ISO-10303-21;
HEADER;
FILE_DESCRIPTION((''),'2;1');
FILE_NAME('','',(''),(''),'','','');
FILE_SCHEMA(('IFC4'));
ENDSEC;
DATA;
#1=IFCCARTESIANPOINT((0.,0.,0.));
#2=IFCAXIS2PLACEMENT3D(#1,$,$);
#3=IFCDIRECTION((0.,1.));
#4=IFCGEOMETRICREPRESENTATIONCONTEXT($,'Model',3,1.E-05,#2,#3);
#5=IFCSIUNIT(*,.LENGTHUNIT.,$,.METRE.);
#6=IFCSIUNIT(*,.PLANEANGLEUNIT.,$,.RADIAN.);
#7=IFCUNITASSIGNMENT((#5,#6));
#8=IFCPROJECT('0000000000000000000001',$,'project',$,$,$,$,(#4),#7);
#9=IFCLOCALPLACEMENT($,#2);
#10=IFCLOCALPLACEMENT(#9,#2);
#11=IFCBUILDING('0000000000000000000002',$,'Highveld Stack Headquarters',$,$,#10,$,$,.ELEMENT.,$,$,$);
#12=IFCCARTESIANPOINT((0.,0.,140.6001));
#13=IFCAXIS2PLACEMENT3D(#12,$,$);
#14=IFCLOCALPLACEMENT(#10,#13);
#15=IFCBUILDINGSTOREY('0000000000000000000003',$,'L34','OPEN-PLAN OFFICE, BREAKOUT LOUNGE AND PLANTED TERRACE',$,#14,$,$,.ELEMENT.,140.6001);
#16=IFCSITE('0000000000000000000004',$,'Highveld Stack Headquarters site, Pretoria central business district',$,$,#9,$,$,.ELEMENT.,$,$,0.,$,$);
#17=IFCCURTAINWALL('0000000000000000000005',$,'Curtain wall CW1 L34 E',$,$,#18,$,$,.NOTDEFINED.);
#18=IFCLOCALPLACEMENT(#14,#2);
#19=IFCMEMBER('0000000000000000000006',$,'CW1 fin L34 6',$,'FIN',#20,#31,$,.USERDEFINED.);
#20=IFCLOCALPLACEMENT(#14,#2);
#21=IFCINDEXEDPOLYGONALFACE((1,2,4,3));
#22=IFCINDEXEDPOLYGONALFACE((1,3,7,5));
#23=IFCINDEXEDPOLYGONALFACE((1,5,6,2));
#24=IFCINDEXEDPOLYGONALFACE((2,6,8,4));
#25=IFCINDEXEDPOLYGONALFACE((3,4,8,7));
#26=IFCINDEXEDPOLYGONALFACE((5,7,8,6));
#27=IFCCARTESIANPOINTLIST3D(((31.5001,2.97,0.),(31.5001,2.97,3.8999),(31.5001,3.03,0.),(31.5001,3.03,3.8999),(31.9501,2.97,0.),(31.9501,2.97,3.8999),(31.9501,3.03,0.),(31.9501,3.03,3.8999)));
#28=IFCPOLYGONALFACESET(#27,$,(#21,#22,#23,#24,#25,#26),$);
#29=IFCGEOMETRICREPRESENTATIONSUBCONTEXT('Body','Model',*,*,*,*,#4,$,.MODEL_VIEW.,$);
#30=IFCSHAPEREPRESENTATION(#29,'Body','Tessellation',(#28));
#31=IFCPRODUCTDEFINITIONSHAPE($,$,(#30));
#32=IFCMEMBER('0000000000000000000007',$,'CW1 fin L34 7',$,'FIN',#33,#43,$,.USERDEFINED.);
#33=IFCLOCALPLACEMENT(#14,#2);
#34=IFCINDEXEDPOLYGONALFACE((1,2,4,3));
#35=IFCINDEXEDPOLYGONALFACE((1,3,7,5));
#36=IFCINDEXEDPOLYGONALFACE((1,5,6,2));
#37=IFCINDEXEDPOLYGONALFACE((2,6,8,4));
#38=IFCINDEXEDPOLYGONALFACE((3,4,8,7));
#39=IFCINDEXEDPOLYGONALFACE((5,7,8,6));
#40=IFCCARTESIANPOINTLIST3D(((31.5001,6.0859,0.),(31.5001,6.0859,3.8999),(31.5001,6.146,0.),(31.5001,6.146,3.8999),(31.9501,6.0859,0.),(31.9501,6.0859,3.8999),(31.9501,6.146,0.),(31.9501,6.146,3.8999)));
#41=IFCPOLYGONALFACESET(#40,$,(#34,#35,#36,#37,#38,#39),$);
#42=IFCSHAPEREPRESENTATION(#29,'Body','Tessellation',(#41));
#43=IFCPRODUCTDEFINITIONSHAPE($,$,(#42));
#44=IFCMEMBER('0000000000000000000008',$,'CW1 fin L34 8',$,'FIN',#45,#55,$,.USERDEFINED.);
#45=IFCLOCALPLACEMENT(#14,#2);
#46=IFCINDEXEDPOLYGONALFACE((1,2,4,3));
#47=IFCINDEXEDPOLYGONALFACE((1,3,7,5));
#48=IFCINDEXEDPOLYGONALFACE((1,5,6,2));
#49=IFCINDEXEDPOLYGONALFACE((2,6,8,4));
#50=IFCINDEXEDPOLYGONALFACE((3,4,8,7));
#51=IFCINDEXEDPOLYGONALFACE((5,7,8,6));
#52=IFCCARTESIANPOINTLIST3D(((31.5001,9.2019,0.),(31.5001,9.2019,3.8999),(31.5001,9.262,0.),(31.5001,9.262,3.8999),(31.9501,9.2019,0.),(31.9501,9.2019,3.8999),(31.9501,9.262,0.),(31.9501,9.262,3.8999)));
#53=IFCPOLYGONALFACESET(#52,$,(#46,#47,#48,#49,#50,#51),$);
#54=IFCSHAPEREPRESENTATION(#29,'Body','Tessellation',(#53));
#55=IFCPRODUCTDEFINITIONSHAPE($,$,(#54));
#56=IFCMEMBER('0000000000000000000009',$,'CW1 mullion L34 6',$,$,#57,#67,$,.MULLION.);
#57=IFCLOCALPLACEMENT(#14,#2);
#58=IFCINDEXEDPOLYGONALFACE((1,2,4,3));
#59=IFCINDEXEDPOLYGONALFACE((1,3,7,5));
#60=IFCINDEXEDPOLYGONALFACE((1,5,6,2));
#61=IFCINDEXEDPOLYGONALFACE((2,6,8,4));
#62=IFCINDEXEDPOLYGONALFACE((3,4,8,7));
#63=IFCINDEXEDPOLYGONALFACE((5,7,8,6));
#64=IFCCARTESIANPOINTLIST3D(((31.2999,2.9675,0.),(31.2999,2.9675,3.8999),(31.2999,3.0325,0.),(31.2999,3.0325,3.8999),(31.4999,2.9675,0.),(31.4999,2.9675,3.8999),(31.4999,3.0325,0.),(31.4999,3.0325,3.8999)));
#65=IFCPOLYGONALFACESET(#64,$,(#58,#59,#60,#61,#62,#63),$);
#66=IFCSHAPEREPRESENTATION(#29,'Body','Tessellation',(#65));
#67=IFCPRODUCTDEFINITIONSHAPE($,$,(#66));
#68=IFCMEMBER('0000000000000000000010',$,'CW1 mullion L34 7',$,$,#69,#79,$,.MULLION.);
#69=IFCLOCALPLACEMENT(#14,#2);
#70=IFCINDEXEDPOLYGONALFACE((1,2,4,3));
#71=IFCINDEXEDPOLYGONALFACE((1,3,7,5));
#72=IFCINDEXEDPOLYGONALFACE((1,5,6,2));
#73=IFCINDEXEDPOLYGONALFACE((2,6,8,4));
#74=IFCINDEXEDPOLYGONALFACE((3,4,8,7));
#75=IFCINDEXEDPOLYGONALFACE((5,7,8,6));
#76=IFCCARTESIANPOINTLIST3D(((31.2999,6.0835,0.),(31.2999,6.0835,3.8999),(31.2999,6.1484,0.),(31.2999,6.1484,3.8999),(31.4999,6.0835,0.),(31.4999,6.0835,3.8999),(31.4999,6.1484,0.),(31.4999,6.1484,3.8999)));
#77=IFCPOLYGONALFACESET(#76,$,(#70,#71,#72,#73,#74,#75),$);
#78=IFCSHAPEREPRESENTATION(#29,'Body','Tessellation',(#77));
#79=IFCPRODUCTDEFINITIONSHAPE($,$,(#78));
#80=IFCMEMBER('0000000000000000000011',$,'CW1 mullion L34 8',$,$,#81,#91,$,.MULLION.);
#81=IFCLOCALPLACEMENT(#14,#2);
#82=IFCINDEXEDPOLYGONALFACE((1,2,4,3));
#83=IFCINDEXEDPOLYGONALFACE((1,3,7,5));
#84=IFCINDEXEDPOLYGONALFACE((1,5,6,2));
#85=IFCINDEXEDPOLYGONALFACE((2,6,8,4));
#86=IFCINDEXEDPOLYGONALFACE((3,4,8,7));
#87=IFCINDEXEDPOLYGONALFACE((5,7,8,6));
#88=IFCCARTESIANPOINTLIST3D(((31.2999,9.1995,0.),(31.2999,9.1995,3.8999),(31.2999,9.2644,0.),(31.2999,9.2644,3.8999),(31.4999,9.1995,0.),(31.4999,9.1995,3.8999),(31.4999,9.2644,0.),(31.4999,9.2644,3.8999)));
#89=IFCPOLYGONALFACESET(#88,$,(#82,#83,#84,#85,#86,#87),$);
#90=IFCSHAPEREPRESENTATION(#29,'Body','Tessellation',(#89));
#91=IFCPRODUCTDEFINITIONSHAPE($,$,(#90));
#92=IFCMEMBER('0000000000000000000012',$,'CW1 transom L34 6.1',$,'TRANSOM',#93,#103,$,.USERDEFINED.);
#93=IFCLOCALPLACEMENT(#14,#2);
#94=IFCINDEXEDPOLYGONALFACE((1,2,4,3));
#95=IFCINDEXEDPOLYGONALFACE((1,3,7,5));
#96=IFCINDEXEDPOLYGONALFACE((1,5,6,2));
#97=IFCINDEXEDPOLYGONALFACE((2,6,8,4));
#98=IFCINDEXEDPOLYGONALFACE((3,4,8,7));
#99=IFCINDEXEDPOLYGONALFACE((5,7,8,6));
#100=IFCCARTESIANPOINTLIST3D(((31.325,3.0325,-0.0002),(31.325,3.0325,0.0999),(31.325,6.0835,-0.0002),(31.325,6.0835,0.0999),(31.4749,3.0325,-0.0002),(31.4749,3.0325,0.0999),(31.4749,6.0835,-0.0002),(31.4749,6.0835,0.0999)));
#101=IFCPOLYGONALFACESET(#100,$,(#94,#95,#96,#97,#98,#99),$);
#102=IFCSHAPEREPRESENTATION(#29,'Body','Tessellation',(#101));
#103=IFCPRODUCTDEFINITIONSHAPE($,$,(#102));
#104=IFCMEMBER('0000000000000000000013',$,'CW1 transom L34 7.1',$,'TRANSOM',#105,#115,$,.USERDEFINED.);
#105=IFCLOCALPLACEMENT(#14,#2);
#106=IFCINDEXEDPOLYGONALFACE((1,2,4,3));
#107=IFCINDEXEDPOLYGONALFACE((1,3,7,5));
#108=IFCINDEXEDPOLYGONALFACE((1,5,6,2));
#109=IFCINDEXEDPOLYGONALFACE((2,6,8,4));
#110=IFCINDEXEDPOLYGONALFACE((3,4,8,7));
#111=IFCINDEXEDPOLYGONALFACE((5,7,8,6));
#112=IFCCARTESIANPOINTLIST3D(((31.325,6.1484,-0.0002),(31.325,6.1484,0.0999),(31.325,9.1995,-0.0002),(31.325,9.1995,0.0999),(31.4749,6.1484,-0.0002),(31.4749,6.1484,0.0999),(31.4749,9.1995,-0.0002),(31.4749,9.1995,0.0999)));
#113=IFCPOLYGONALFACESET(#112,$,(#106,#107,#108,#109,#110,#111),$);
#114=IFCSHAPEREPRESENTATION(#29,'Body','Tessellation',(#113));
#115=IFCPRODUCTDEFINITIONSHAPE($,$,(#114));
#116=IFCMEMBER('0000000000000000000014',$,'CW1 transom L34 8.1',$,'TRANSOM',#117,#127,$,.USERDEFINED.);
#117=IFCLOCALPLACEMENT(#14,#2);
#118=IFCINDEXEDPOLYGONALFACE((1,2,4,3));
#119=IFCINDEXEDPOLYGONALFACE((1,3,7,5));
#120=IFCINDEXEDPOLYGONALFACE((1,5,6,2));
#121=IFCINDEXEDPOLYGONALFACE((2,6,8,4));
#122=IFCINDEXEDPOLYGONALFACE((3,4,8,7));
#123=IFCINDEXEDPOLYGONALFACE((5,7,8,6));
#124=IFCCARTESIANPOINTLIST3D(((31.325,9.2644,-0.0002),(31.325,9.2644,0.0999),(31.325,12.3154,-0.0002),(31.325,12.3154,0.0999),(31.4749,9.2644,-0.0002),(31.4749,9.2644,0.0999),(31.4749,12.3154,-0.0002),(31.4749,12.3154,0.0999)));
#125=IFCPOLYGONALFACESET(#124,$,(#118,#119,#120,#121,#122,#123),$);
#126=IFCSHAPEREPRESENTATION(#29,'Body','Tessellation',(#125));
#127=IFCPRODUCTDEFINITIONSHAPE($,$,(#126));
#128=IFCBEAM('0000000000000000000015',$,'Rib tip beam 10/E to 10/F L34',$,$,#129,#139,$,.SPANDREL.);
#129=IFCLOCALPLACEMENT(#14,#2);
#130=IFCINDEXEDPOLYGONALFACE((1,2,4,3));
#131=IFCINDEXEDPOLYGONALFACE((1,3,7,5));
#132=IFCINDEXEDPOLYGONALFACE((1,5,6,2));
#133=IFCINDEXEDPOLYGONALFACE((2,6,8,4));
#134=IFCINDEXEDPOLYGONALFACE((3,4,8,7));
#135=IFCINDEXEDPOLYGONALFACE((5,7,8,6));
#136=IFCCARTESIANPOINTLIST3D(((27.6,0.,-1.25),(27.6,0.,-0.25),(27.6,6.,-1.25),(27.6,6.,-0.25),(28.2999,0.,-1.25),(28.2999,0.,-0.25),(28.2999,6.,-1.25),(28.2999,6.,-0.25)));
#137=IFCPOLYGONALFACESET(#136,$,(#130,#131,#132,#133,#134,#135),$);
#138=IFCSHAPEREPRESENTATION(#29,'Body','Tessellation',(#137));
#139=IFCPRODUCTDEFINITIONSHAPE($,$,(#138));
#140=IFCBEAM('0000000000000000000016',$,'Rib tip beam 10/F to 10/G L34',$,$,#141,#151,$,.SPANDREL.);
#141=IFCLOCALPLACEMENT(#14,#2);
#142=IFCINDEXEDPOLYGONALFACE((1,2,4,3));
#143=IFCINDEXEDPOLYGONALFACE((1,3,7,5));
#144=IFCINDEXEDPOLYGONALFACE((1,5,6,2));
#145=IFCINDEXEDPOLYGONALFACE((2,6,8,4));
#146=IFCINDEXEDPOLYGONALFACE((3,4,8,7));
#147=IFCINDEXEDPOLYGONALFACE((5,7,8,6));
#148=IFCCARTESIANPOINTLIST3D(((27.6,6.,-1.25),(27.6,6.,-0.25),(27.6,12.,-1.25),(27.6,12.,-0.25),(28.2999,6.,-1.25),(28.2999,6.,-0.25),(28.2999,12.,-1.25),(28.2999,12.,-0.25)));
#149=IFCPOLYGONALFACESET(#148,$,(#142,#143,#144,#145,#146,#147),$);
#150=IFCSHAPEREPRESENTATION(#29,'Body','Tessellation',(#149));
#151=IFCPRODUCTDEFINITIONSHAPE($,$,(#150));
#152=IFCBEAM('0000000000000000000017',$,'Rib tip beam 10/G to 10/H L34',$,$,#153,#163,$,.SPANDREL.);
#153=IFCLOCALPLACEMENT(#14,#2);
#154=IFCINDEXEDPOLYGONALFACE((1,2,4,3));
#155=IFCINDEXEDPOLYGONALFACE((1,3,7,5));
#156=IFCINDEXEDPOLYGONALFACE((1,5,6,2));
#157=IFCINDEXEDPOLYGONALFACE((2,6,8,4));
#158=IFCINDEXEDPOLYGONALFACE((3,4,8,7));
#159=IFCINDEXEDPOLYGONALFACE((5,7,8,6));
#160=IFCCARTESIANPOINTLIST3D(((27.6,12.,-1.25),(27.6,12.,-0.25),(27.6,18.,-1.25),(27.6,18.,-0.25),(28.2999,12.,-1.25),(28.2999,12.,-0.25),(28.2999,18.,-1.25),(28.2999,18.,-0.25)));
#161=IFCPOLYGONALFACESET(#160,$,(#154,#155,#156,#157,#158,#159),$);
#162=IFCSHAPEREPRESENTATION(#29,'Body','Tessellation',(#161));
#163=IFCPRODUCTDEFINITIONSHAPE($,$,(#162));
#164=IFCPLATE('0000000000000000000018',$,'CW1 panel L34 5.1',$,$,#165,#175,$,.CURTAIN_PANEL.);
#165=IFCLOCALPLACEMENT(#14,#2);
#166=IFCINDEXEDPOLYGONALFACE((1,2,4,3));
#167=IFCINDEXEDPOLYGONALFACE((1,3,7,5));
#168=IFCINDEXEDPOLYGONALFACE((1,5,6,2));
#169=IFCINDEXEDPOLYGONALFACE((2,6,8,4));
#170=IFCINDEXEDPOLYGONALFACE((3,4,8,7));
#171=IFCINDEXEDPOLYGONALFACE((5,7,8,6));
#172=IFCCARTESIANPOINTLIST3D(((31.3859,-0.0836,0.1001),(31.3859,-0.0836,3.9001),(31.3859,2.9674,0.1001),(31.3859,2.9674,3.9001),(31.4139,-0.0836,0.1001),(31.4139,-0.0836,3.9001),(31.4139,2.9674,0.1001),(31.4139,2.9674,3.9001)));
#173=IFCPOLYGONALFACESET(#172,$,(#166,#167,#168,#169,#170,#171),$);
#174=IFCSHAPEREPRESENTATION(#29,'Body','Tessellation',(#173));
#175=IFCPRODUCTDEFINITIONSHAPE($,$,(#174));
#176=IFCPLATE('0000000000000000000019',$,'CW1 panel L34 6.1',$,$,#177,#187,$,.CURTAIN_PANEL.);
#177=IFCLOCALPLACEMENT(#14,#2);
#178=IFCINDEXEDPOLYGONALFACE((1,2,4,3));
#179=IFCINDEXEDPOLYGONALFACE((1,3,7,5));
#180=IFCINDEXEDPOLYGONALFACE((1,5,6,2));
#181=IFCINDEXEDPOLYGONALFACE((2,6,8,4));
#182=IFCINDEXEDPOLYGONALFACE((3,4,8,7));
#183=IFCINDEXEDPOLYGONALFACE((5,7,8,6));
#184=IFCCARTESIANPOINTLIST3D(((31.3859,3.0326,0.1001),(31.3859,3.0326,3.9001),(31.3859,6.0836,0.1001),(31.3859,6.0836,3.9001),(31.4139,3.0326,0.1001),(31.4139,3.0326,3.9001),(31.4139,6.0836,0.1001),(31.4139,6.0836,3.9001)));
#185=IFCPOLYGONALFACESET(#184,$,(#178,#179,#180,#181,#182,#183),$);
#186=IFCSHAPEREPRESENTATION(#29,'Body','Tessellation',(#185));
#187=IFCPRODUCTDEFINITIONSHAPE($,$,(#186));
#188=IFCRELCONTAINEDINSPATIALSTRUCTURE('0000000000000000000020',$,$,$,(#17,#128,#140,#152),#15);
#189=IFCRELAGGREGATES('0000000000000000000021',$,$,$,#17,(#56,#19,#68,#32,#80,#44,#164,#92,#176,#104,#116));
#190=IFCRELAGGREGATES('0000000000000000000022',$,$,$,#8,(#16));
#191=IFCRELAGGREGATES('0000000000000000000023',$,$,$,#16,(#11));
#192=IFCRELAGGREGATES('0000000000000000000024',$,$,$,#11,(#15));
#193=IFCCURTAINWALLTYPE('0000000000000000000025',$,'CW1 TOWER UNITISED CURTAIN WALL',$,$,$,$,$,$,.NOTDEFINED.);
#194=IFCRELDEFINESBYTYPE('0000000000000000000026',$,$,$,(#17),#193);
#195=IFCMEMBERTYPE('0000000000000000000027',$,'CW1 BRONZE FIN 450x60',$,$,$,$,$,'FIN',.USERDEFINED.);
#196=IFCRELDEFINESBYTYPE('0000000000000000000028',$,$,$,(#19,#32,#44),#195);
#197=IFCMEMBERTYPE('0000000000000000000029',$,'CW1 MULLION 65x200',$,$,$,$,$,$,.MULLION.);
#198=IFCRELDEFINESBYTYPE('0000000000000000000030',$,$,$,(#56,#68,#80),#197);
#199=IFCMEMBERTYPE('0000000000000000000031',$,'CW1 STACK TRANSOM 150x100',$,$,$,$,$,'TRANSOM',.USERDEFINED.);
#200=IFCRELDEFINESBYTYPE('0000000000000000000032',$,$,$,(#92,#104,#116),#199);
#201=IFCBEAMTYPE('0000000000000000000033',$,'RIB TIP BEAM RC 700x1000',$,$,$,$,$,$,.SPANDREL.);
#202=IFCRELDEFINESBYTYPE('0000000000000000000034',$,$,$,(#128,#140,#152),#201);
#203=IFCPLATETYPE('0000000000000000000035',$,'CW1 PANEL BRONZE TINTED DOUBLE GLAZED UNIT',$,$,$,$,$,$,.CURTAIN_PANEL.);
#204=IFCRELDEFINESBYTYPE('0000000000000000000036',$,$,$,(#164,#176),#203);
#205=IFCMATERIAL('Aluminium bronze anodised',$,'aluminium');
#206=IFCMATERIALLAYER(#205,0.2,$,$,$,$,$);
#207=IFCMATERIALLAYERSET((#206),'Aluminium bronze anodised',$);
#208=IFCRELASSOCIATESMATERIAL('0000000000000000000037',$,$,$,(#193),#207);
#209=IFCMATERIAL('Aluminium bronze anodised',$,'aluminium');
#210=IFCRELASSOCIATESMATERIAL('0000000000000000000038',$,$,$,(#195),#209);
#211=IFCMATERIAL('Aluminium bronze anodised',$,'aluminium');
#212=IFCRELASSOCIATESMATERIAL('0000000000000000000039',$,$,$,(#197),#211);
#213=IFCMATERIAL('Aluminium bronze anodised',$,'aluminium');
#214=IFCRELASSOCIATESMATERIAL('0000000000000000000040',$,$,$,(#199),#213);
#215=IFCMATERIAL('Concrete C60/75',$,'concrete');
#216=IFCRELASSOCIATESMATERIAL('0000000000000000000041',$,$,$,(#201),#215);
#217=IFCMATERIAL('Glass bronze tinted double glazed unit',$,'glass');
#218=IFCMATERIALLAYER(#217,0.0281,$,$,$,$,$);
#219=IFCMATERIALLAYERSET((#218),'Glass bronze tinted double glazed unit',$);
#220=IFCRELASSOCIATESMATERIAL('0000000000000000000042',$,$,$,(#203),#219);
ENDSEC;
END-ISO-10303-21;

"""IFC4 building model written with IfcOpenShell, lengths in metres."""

from ifc_helpers import new_model, si_unit, direction, frame, origin, origin_2d, place, context, subcontext, project, spatial, rectangle, extrude, material, layer, layer_set, material_profile, profile_set, type_object, element, aggregate, save


model = new_model("IFC4")

# Units and contexts
model_context = context("Model", 3, precision=1e-05, world=origin(), true_north=direction((0.0, 1.0)))
body_context = subcontext(model_context, "Body", "Model", "MODEL_VIEW")
ifc_project = project(units=[si_unit("LENGTHUNIT", "METRE"), si_unit("PLANEANGLEUNIT", "RADIAN")], contexts=[model_context])

# Site, building, storey
site_placement = place(None, origin())
site = spatial("IfcSite", under=ifc_project, at=site_placement, Name="Highveld Stack Headquarters site, Pretoria central business district", CompositionType="ELEMENT", RefElevation=0.0)
building_placement = place(site_placement, origin())
building = spatial("IfcBuilding", under=site, at=building_placement, Name="Highveld Stack Headquarters", CompositionType="ELEMENT")
storey_placement = place(building_placement, frame((0.0, 0.0, 140.6001)))
storey = spatial("IfcBuildingStorey", under=building, at=storey_placement, Name="L34", Description="OPEN-PLAN OFFICE, BREAKOUT LOUNGE AND PLANTED TERRACE", CompositionType="ELEMENT", Elevation=140.6001)

# Curtain wall, members
ifc_material_1 = material(Name="Aluminium bronze anodised", Category="aluminium")
ifc_layer_1 = layer(ifc_material_1, 0.2)
ifc_layer_set_1 = layer_set([ifc_layer_1], Name="Aluminium bronze anodised")
curtain_wall_type = type_object("IfcCurtainWallType", Name="CW1 TOWER UNITISED CURTAIN WALL", PredefinedType="NOTDEFINED", material=ifc_layer_set_1)
curtain_wall_placement = place(storey_placement, origin())
curtain_wall = element("IfcCurtainWall", 1, at=curtain_wall_placement, inside=storey, type_object=curtain_wall_type, Name="Curtain wall CW1 L34 E", PredefinedType="NOTDEFINED")
ifc_material_2 = material(Name="Aluminium bronze anodised", Category="aluminium")
ifc_material_profile_1 = material_profile(ifc_material_2, rectangle(XDim=0.45, YDim=0.0601, at=origin_2d()), Name="FIN 450x60")
ifc_profile_set_1 = profile_set([ifc_material_profile_1], Name="Aluminium bronze anodised")
member_type_1 = type_object("IfcMemberType", Name="CW1 BRONZE FIN 450x60", ElementType="FIN", PredefinedType="USERDEFINED", material=ifc_profile_set_1)
member_1_placement = place(storey_placement, frame((31.7251, 3.0, 0.0), z_axis=(0.0, 0.0, 1.0), x_axis=(-1.0, 0.0, 0.0)))
member_1 = element("IfcMember", 2, at=member_1_placement, type_object=member_type_1, Name="CW1 fin L34 6", ObjectType="FIN", PredefinedType="USERDEFINED", context=body_context, shape_type="SweptSolid", body=[
    extrude(rectangle(XDim=0.45, YDim=0.0601, at=origin_2d()), origin(), (0.0, 0.0, 1.0), 3.8999),
])
member_2_placement = place(storey_placement, frame((31.7251, 6.116, 0.0), z_axis=(0.0, 0.0, 1.0), x_axis=(-1.0, 0.0, 0.0)))
member_2 = element("IfcMember", 3, at=member_2_placement, type_object=member_type_1, Name="CW1 fin L34 7", ObjectType="FIN", PredefinedType="USERDEFINED", context=body_context, shape_type="SweptSolid", body=[
    extrude(rectangle(XDim=0.45, YDim=0.0601, at=origin_2d()), origin(), (0.0, 0.0, 1.0), 3.8999),
])
member_3_placement = place(storey_placement, frame((31.7251, 9.2319, 0.0), z_axis=(0.0, 0.0, 1.0), x_axis=(-1.0, 0.0, 0.0)))
member_3 = element("IfcMember", 4, at=member_3_placement, type_object=member_type_1, Name="CW1 fin L34 8", ObjectType="FIN", PredefinedType="USERDEFINED", context=body_context, shape_type="SweptSolid", body=[
    extrude(rectangle(XDim=0.45, YDim=0.0601, at=origin_2d()), origin(), (0.0, 0.0, 1.0), 3.8999),
])
ifc_material_3 = material(Name="Aluminium bronze anodised", Category="aluminium")
ifc_material_profile_2 = material_profile(ifc_material_3, rectangle(XDim=0.2, YDim=0.0649, at=origin_2d()), Name="CW1 MULLION 65x200")
ifc_profile_set_2 = profile_set([ifc_material_profile_2], Name="Aluminium bronze anodised")
member_type_2 = type_object("IfcMemberType", Name="CW1 MULLION 65x200", PredefinedType="MULLION", material=ifc_profile_set_2)
member_4_placement = place(storey_placement, frame((31.3999, 3.0, 0.0), z_axis=(0.0, 0.0, 1.0), x_axis=(-1.0, 0.0, 0.0)))
member_4 = element("IfcMember", 5, at=member_4_placement, type_object=member_type_2, Name="CW1 mullion L34 6", PredefinedType="MULLION", context=body_context, shape_type="SweptSolid", body=[
    extrude(rectangle(XDim=0.2, YDim=0.0649, at=origin_2d()), origin(), (0.0, 0.0, 1.0), 3.8999),
])
member_5_placement = place(storey_placement, frame((31.3999, 6.116, 0.0), z_axis=(0.0, 0.0, 1.0), x_axis=(-1.0, 0.0, 0.0)))
member_5 = element("IfcMember", 6, at=member_5_placement, type_object=member_type_2, Name="CW1 mullion L34 7", PredefinedType="MULLION", context=body_context, shape_type="SweptSolid", body=[
    extrude(rectangle(XDim=0.2, YDim=0.0649, at=origin_2d()), origin(), (0.0, 0.0, 1.0), 3.8999),
])
member_6_placement = place(storey_placement, frame((31.3999, 9.2319, 0.0), z_axis=(0.0, 0.0, 1.0), x_axis=(-1.0, 0.0, 0.0)))
member_6 = element("IfcMember", 7, at=member_6_placement, type_object=member_type_2, Name="CW1 mullion L34 8", PredefinedType="MULLION", context=body_context, shape_type="SweptSolid", body=[
    extrude(rectangle(XDim=0.2, YDim=0.0649, at=origin_2d()), origin(), (0.0, 0.0, 1.0), 3.8999),
])
ifc_material_4 = material(Name="Aluminium bronze anodised", Category="aluminium")
ifc_material_profile_3 = material_profile(ifc_material_4, rectangle(XDim=0.1499, YDim=0.1001, at=origin_2d()), Name="CW1 TRANSOM 150x100")
ifc_profile_set_3 = profile_set([ifc_material_profile_3], Name="Aluminium bronze anodised")
member_type_3 = type_object("IfcMemberType", Name="CW1 STACK TRANSOM 150x100", ElementType="TRANSOM", PredefinedType="USERDEFINED", material=ifc_profile_set_3)
member_7_placement = place(storey_placement, frame((31.3999, 3.0325, 0.0498), z_axis=(0.0, 1.0, 0.0), x_axis=(-1.0, 0.0, 0.0)))
member_7 = element("IfcMember", 8, at=member_7_placement, type_object=member_type_3, Name="CW1 transom L34 6.1", ObjectType="TRANSOM", PredefinedType="USERDEFINED", context=body_context, shape_type="SweptSolid", body=[
    extrude(rectangle(XDim=0.1499, YDim=0.1001, at=origin_2d()), origin(), (0.0, 0.0, 1.0), 3.051),
])
member_8_placement = place(storey_placement, frame((31.3999, 6.1484, 0.0498), z_axis=(0.0, 1.0, 0.0), x_axis=(-1.0, 0.0, 0.0)))
member_8 = element("IfcMember", 9, at=member_8_placement, type_object=member_type_3, Name="CW1 transom L34 7.1", ObjectType="TRANSOM", PredefinedType="USERDEFINED", context=body_context, shape_type="SweptSolid", body=[
    extrude(rectangle(XDim=0.1499, YDim=0.1001, at=origin_2d()), origin(), (0.0, 0.0, 1.0), 3.051),
])
member_9_placement = place(storey_placement, frame((31.3999, 9.2644, 0.0498), z_axis=(0.0, 1.0, 0.0), x_axis=(-1.0, 0.0, 0.0)))
member_9 = element("IfcMember", 10, at=member_9_placement, type_object=member_type_3, Name="CW1 transom L34 8.1", ObjectType="TRANSOM", PredefinedType="USERDEFINED", context=body_context, shape_type="SweptSolid", body=[
    extrude(rectangle(XDim=0.1499, YDim=0.1001, at=origin_2d()), origin(), (0.0, 0.0, 1.0), 3.051),
])

# Beams
ifc_material_5 = material(Name="Concrete C60/75", Category="concrete")
ifc_material_profile_4 = material_profile(ifc_material_5, rectangle(XDim=0.7, YDim=1.0, at=origin_2d()), Name="RC 700x1000")
ifc_profile_set_4 = profile_set([ifc_material_profile_4], Name="Concrete C60/75")
beam_type = type_object("IfcBeamType", Name="RIB TIP BEAM RC 700x1000", PredefinedType="SPANDREL", material=ifc_profile_set_4)
for number, where, z_axis, x_axis, name in (
    (11, (27.95, 0.0, -0.75), (0.0, 1.0, 0.0), (-1.0, 0.0, 0.0), "Rib tip beam 10/E to 10/F L34"),
    (12, (27.95, 6.0, -0.75), (0.0, 1.0, 0.0), (-1.0, 0.0, 0.0), "Rib tip beam 10/F to 10/G L34"),
    (13, (27.95, 12.0, -0.75), (0.0, 1.0, 0.0), (-1.0, 0.0, 0.0), "Rib tip beam 10/G to 10/H L34"),
):
    element("IfcBeam", number, at=place(storey_placement, frame(where, z_axis=z_axis, x_axis=x_axis)), inside=storey, type_object=beam_type, Name=name, PredefinedType="SPANDREL", context=body_context, shape_type="SweptSolid", body=[
        extrude(rectangle(XDim=0.7, YDim=1.0, at=origin_2d()), origin(), (0.0, 0.0, 1.0), 6.0),
    ])

# Plates
ifc_material_6 = material(Name="Glass bronze tinted double glazed unit", Category="glass")
ifc_layer_2 = layer(ifc_material_6, 0.0281)
ifc_layer_set_2 = layer_set([ifc_layer_2], Name="Glass bronze tinted double glazed unit")
plate_type = type_object("IfcPlateType", Name="CW1 PANEL BRONZE TINTED DOUBLE GLAZED UNIT", PredefinedType="CURTAIN_PANEL", material=ifc_layer_set_2)
plate_1_placement = place(storey_placement, frame((31.3999, 1.4419, 0.1001), z_axis=(0.0, 0.0, 1.0), x_axis=(0.0, 1.0, 0.0)))
plate_1 = element("IfcPlate", 14, at=plate_1_placement, type_object=plate_type, Name="CW1 panel L34 5.1", PredefinedType="CURTAIN_PANEL", context=body_context, shape_type="SweptSolid", body=[
    extrude(rectangle(XDim=3.051, YDim=0.0281, at=origin_2d()), origin(), (0.0, 0.0, 1.0), 3.8),
])
plate_2_placement = place(storey_placement, frame((31.3999, 4.5581, 0.1001), z_axis=(0.0, 0.0, 1.0), x_axis=(0.0, 1.0, 0.0)))
plate_2 = element("IfcPlate", 15, at=plate_2_placement, type_object=plate_type, Name="CW1 panel L34 6.1", PredefinedType="CURTAIN_PANEL", context=body_context, shape_type="SweptSolid", body=[
    extrude(rectangle(XDim=3.051, YDim=0.0281, at=origin_2d()), origin(), (0.0, 0.0, 1.0), 3.8),
])
aggregate(curtain_wall, [member_4, member_1, member_5, member_2, member_6, member_3, plate_1, member_7, plate_2, member_8, member_9])

save(model, "model.ifc")
